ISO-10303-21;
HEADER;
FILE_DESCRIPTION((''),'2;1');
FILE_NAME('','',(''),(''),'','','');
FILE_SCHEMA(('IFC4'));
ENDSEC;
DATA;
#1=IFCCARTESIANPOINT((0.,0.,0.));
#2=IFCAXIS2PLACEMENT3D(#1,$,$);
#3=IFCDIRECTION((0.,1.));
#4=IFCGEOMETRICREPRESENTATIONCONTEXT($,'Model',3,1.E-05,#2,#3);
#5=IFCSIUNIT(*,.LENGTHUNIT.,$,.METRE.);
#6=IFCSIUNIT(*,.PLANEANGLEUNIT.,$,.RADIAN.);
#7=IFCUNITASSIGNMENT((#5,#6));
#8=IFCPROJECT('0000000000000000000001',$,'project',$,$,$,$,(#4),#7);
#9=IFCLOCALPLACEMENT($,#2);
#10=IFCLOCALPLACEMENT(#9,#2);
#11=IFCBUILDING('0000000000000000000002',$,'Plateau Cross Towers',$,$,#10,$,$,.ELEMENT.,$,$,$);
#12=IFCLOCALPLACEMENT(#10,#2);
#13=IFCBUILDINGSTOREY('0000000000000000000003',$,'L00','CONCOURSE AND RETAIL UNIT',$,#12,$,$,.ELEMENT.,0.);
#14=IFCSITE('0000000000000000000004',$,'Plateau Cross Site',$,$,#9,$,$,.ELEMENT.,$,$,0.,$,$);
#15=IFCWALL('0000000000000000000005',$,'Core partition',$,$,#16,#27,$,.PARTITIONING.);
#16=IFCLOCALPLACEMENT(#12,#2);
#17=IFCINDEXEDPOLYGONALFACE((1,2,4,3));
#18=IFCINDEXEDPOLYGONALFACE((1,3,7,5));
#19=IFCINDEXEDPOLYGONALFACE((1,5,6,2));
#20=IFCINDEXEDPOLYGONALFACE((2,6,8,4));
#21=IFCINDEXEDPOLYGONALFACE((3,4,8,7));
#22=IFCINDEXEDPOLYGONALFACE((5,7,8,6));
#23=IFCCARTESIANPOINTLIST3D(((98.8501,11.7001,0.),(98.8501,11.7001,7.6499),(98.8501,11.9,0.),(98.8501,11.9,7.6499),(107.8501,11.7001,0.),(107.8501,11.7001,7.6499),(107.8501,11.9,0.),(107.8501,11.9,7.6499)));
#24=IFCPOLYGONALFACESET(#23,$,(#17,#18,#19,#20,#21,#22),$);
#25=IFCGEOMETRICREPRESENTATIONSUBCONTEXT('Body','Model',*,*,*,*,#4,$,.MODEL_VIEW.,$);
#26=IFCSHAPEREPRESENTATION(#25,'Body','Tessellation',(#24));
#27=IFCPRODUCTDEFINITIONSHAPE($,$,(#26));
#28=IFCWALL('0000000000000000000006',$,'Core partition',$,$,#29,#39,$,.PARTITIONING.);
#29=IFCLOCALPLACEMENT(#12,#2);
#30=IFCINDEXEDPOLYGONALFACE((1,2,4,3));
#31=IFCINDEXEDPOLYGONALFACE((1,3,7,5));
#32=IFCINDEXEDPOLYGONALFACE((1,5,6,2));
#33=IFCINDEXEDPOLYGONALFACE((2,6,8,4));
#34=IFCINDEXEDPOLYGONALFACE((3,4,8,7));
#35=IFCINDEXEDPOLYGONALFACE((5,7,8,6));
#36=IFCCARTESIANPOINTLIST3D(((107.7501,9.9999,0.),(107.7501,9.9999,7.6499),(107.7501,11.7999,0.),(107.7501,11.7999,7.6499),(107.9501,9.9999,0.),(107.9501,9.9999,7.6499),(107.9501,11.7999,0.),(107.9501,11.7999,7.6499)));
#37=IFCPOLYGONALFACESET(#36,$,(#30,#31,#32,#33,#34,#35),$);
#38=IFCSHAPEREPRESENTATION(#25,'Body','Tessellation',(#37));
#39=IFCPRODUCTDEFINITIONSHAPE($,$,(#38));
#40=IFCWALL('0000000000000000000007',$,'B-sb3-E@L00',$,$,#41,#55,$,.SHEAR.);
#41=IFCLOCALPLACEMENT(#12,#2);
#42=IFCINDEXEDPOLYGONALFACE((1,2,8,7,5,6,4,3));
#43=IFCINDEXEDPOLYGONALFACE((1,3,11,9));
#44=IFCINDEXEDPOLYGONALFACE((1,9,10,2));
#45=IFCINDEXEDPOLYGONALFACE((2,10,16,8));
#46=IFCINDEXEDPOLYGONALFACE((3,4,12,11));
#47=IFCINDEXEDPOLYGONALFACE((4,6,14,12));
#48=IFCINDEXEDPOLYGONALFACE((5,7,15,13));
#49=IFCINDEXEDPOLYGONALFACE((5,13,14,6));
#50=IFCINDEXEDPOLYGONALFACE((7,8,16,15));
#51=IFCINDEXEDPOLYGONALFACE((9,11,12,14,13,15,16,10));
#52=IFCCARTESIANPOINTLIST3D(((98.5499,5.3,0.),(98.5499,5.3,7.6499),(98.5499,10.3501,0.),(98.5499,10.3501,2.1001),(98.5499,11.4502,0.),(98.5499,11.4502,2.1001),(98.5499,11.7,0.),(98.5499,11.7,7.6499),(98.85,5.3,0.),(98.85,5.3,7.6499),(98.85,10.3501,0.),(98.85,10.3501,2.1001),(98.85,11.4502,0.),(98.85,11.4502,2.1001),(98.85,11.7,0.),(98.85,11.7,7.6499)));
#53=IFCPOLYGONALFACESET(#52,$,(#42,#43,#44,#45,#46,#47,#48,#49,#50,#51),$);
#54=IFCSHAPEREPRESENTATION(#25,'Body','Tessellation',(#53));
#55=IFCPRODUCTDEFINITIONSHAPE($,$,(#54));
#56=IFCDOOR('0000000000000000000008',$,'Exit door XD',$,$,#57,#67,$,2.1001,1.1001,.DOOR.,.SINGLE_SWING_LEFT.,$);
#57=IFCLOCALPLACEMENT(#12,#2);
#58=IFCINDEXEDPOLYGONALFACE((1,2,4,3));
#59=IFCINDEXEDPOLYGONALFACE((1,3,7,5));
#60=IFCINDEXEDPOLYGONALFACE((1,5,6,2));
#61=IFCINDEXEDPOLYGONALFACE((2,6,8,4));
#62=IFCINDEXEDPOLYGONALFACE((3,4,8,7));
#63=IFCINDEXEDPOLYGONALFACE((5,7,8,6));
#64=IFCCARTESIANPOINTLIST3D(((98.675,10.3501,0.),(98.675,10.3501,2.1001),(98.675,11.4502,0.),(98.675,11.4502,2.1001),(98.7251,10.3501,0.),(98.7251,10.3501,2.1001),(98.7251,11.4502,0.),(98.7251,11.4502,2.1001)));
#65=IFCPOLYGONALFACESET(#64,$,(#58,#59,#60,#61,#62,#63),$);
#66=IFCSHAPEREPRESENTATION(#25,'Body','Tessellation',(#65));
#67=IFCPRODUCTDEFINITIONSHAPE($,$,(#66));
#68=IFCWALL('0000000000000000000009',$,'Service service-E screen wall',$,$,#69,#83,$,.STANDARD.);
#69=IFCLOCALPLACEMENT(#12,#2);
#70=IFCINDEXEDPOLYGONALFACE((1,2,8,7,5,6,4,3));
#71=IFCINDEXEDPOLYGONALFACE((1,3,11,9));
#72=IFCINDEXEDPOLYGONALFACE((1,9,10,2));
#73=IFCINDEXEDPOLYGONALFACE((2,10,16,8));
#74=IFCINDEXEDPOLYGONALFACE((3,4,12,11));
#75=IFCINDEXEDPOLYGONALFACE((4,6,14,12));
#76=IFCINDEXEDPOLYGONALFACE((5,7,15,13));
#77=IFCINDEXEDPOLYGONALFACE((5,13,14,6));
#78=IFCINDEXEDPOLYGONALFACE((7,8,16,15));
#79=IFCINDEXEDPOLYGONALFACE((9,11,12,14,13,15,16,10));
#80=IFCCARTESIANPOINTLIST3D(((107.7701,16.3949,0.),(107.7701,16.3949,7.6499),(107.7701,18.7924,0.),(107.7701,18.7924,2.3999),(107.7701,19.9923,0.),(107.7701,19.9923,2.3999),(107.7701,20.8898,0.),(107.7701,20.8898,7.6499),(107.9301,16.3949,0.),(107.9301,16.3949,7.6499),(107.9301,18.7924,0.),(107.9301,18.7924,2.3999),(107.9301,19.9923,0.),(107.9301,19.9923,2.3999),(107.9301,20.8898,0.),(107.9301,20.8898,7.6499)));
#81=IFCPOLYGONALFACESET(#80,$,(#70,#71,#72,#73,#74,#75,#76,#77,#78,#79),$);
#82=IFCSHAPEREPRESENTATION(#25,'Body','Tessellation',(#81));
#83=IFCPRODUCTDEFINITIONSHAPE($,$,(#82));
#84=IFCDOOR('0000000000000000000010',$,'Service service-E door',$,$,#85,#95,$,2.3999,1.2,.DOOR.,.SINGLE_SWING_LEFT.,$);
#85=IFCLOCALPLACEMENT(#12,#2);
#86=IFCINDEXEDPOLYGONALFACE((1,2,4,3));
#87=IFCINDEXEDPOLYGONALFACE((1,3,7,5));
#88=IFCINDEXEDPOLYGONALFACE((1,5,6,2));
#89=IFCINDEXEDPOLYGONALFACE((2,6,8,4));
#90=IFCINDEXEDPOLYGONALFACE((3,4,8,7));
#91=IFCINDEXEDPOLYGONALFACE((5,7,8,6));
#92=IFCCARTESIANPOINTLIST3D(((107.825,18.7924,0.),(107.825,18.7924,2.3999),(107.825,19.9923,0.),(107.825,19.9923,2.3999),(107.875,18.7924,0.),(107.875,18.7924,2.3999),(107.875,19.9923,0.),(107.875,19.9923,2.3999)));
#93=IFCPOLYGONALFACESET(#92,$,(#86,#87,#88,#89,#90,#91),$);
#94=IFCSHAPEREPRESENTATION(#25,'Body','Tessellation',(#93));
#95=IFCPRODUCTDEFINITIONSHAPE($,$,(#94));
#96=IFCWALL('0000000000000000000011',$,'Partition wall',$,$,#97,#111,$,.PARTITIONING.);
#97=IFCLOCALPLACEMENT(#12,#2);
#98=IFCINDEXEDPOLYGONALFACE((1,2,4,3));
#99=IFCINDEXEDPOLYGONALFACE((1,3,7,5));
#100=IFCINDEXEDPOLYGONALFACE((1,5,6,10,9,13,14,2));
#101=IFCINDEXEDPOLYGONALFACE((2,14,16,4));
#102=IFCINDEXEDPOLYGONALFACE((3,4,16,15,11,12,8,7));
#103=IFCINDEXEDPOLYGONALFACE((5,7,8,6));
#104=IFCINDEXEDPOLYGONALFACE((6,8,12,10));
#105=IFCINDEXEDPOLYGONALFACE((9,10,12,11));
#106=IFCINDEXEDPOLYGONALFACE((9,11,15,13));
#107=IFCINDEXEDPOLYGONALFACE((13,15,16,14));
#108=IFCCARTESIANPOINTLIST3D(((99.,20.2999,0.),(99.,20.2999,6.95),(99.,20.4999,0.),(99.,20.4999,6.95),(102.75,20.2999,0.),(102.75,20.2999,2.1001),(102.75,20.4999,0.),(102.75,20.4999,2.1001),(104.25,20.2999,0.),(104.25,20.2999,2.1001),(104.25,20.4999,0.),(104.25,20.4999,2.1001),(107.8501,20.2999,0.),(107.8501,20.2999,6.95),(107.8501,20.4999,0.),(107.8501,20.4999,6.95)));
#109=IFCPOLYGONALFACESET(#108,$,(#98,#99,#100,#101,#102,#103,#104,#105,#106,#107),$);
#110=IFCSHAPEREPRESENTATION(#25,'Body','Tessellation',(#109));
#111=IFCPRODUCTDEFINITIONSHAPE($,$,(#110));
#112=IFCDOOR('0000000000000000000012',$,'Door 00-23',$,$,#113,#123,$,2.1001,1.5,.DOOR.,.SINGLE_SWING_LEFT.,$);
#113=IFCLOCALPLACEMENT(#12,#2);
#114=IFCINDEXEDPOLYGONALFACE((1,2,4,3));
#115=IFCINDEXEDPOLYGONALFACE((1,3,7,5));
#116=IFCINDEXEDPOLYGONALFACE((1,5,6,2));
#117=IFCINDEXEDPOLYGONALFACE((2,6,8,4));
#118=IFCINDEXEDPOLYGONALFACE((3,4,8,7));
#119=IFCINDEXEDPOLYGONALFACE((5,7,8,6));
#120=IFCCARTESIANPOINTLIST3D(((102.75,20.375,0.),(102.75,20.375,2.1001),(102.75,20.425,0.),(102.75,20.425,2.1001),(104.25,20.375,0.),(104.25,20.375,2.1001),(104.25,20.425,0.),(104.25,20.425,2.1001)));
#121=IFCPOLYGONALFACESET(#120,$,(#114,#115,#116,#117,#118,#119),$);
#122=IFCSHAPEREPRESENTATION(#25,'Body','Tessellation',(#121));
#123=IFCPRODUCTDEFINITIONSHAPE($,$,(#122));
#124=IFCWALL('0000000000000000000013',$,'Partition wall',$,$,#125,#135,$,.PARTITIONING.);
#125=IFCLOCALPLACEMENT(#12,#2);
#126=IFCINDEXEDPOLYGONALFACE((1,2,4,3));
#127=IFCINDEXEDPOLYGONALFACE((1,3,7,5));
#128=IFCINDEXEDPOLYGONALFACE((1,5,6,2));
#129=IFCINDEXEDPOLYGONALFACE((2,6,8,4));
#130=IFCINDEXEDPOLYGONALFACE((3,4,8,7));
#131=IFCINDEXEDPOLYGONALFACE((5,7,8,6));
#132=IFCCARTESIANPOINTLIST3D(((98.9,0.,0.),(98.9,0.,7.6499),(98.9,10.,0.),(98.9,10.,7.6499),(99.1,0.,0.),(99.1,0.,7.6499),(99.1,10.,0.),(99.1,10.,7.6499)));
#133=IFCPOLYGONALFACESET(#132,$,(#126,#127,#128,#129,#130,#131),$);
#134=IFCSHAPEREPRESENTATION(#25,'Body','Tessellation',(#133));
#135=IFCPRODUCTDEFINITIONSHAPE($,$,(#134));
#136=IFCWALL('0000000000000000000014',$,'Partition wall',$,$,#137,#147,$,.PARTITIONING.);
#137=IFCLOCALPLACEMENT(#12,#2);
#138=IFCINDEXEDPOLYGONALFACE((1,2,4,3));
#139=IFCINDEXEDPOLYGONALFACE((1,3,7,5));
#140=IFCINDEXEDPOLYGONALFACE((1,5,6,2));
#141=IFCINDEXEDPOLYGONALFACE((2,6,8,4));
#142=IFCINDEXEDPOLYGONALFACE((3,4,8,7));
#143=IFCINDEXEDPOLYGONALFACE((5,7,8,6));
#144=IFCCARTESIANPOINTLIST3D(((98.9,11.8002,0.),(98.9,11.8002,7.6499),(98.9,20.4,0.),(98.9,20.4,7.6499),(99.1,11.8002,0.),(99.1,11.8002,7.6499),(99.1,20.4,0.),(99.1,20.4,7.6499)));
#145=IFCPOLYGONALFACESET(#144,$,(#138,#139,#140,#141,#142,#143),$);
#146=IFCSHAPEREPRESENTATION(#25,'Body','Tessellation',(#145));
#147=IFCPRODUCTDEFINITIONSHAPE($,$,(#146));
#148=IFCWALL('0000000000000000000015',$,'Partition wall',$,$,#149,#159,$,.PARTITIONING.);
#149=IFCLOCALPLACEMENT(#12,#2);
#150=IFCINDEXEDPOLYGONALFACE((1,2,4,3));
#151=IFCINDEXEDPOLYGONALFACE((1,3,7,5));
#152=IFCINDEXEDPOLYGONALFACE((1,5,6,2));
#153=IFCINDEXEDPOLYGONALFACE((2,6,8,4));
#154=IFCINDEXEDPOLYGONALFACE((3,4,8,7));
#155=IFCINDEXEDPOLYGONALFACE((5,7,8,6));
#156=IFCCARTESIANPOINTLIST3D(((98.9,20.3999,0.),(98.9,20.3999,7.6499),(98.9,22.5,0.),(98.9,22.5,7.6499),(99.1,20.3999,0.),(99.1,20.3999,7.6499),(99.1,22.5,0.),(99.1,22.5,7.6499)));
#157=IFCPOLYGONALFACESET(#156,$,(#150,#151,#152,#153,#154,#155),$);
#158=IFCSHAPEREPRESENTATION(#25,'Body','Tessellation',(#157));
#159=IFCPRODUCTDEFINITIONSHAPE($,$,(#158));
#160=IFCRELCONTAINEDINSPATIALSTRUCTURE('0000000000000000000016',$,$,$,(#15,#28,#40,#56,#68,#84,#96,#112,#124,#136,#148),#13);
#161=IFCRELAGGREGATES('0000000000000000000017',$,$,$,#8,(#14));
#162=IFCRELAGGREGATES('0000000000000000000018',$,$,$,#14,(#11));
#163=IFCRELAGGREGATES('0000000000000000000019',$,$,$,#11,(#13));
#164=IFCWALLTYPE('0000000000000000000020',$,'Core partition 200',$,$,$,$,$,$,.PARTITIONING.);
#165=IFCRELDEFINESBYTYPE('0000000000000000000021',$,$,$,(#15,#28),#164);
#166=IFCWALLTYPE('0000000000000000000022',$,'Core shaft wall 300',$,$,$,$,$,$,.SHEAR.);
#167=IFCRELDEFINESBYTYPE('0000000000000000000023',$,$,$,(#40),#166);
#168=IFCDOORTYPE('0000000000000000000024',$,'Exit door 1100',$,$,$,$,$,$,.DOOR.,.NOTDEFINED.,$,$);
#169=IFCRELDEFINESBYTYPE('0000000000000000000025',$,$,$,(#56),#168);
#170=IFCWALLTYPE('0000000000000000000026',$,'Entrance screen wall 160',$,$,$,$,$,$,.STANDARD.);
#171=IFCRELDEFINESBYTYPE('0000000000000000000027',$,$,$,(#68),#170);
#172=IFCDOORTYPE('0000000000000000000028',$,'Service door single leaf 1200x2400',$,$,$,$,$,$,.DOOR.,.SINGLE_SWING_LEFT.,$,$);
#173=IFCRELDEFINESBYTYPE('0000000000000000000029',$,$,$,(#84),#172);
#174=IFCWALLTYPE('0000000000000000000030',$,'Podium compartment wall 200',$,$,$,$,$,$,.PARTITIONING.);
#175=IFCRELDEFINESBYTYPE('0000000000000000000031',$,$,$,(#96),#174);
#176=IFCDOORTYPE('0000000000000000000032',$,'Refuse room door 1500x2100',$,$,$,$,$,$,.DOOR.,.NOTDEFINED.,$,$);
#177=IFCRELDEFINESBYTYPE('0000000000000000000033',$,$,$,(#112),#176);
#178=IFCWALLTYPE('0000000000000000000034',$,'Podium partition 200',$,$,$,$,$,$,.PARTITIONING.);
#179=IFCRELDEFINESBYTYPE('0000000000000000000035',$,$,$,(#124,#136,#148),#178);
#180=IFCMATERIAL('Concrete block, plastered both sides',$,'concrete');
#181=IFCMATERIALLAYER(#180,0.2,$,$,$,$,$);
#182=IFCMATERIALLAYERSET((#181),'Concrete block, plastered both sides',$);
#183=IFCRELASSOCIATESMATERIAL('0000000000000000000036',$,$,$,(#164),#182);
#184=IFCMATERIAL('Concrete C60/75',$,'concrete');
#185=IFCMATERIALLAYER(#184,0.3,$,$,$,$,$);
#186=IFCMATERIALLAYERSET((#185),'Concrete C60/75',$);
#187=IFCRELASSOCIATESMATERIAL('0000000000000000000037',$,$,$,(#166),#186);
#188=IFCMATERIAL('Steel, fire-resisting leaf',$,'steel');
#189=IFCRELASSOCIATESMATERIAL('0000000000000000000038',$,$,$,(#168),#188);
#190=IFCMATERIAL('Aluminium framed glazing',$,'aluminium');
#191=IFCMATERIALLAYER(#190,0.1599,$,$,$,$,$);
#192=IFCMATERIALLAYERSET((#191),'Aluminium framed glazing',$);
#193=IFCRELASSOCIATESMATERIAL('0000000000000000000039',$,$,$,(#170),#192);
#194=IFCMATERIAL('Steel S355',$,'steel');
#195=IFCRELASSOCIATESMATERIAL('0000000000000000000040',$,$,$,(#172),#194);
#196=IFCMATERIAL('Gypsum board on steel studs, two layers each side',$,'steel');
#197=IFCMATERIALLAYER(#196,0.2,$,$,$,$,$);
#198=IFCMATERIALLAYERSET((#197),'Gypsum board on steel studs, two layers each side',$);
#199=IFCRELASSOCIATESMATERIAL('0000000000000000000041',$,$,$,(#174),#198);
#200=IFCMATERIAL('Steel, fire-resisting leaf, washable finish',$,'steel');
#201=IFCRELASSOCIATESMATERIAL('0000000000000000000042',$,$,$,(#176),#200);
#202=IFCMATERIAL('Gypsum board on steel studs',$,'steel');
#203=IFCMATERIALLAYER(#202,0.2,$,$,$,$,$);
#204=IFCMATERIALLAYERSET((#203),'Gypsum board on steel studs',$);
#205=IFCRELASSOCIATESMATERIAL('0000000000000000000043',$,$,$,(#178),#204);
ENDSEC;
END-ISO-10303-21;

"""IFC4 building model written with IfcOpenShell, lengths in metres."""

from ifc_helpers import new_model, si_unit, direction, frame, frame_2d, origin, place, context, subcontext, project, spatial, rectangle, extrude, material, layer, layer_set, type_object, element, fill, save


model = new_model("IFC4")

# Units and contexts
model_context = context("Model", 3, precision=1e-05, world=origin(), true_north=direction((0.0, 1.0)))
body_context = subcontext(model_context, "Body", "Model", "MODEL_VIEW")
ifc_project = project(units=[si_unit("LENGTHUNIT", "METRE"), si_unit("PLANEANGLEUNIT", "RADIAN")], contexts=[model_context])

# Site, building, storey
site_placement = place(None, origin())
site = spatial("IfcSite", under=ifc_project, at=site_placement, Name="Plateau Cross Site", CompositionType="ELEMENT", RefElevation=0.0)
building_placement = place(site_placement, origin())
building = spatial("IfcBuilding", under=site, at=building_placement, Name="Plateau Cross Towers", CompositionType="ELEMENT")
storey_placement = place(building_placement, origin())
storey = spatial("IfcBuildingStorey", under=building, at=storey_placement, Name="L00", Description="CONCOURSE AND RETAIL UNIT", CompositionType="ELEMENT", Elevation=0.0)

# Shared definitions
ifc_material_1 = material(Name="Concrete C60/75", Category="concrete")

# Walls
ifc_material_2 = material(Name="Concrete block, plastered both sides", Category="concrete")
ifc_layer_1 = layer(ifc_material_2, 0.2)
ifc_layer_set_1 = layer_set([ifc_layer_1], Name="Concrete block, plastered both sides")
wall_type_1 = type_object("IfcWallType", Name="Core partition 200", PredefinedType="PARTITIONING", material=ifc_layer_set_1)
for number, where, z_axis, x_axis, name in (
    (1, (98.8501, 11.8, 0.0), (0.0, 0.0, 1.0), (1.0, 0.0, 0.0), "Core partition"),
):
    element("IfcWall", number, at=place(storey_placement, frame(where, z_axis=z_axis, x_axis=x_axis)), inside=storey, type_object=wall_type_1, Name=name, PredefinedType="PARTITIONING", context=body_context, shape_type="SweptSolid", body=[
        extrude(rectangle(XDim=9.0, YDim=0.2, at=frame_2d((4.5, 0.0))), origin(), (0.0, 0.0, 1.0), 7.6499),
    ])
wall_1_placement = place(storey_placement, frame((107.8501, 10.0, 0.0), z_axis=(0.0, 0.0, 1.0), x_axis=(0.0, 1.0, 0.0)))
element("IfcWall", 2, at=wall_1_placement, inside=storey, type_object=wall_type_1, Name="Core partition", PredefinedType="PARTITIONING", context=body_context, shape_type="SweptSolid", body=[
    extrude(rectangle(XDim=1.8, YDim=0.2, at=frame_2d((0.8999, 0.0))), origin(), (0.0, 0.0, 1.0), 7.6499),
])

# Walls, openings, doors
ifc_layer_2 = layer(ifc_material_1, 0.3)
ifc_layer_set_2 = layer_set([ifc_layer_2], Name="Concrete C60/75")
wall_type_2 = type_object("IfcWallType", Name="Core shaft wall 300", PredefinedType="SHEAR", material=ifc_layer_set_2)
wall_2_placement = place(storey_placement, frame((98.7, 5.3, 0.0), z_axis=(0.0, 0.0, 1.0), x_axis=(0.0, 1.0, 0.0)))
wall_2 = element("IfcWall", 3, at=wall_2_placement, inside=storey, type_object=wall_type_2, Name="B-sb3-E@L00", PredefinedType="SHEAR", context=body_context, shape_type="SweptSolid", body=[
    extrude(rectangle(XDim=6.3999, YDim=0.3, at=frame_2d((3.2, 0.0))), origin(), (0.0, 0.0, 1.0), 7.6499),
])
opening_1_placement = place(wall_2_placement, frame((5.05, 0.0, 0.0)))
opening_1 = element("IfcOpeningElement", 4, at=opening_1_placement, cuts=wall_2, PredefinedType="OPENING", context=body_context, shape_type="SweptSolid", body=[
    extrude(rectangle(XDim=1.1001, YDim=2.1001, at=frame_2d((0.55, 1.05))), frame((0.0, 0.1599, 0.0), z_axis=(0.0, -1.0, 0.0), x_axis=(1.0, 0.0, 0.0)), (0.0, 0.0, 1.0), 0.3201),
])
ifc_material_3 = material(Name="Steel, fire-resisting leaf", Category="steel")
door_type_1 = type_object("IfcDoorType", Name="Exit door 1100", OperationType="NOTDEFINED", PredefinedType="DOOR", material=ifc_material_3)
door_1_placement = place(opening_1_placement, origin())
door_1 = element("IfcDoor", 5, at=door_1_placement, inside=storey, type_object=door_type_1, Name="Exit door XD", OperationType="SINGLE_SWING_LEFT", OverallHeight=2.1001, OverallWidth=1.1001, PredefinedType="DOOR", context=body_context, shape_type="SweptSolid", body=[
    extrude(rectangle(XDim=1.1001, YDim=2.1001, at=frame_2d((0.55, 1.05))), frame((0.0, 0.0249, 0.0), z_axis=(0.0, -1.0, 0.0), x_axis=(1.0, 0.0, 0.0)), (0.0, 0.0, 1.0), 0.05),
])
fill(opening_1, door_1)
ifc_material_4 = material(Name="Aluminium framed glazing", Category="aluminium")
ifc_layer_3 = layer(ifc_material_4, 0.1599)
ifc_layer_set_3 = layer_set([ifc_layer_3], Name="Aluminium framed glazing")
wall_type_3 = type_object("IfcWallType", Name="Entrance screen wall 160", PredefinedType="STANDARD", material=ifc_layer_set_3)
wall_3_placement = place(storey_placement, frame((107.8501, 20.8899, 0.0), z_axis=(0.0, 0.0, 1.0), x_axis=(0.0, -1.0, 0.0)))
wall_3 = element("IfcWall", 6, at=wall_3_placement, inside=storey, type_object=wall_type_3, Name="Service service-E screen wall", PredefinedType="STANDARD", context=body_context, shape_type="SweptSolid", body=[
    extrude(rectangle(XDim=4.4949, YDim=0.1599, at=frame_2d((2.2476, 0.0))), origin(), (0.0, 0.0, 1.0), 7.6499),
])
opening_2_placement = place(wall_3_placement, frame((0.8975, 0.0, 0.0)))
opening_2 = element("IfcOpeningElement", 7, at=opening_2_placement, cuts=wall_3, PredefinedType="OPENING", context=body_context, shape_type="SweptSolid", body=[
    extrude(rectangle(XDim=1.2, YDim=2.3999, at=frame_2d((0.6001, 1.2))), frame((0.0, 0.0898, 0.0), z_axis=(0.0, -1.0, 0.0), x_axis=(1.0, 0.0, 0.0)), (0.0, 0.0, 1.0), 0.1799),
])
ifc_material_5 = material(Name="Steel S355", Category="steel")
door_type_2 = type_object("IfcDoorType", Name="Service door single leaf 1200x2400", OperationType="SINGLE_SWING_LEFT", PredefinedType="DOOR", material=ifc_material_5)
door_2_placement = place(opening_2_placement, origin())
door_2 = element("IfcDoor", 8, at=door_2_placement, inside=storey, type_object=door_type_2, Name="Service service-E door", OperationType="SINGLE_SWING_LEFT", OverallHeight=2.3999, OverallWidth=1.2, PredefinedType="DOOR", context=body_context, shape_type="SweptSolid", body=[
    extrude(rectangle(XDim=1.2, YDim=2.3999, at=frame_2d((0.6001, 1.2))), frame((0.0, 0.0249, 0.0), z_axis=(0.0, -1.0, 0.0), x_axis=(1.0, 0.0, 0.0)), (0.0, 0.0, 1.0), 0.05),
])
fill(opening_2, door_2)
ifc_material_6 = material(Name="Gypsum board on steel studs, two layers each side", Category="steel")
ifc_layer_4 = layer(ifc_material_6, 0.2)
ifc_layer_set_4 = layer_set([ifc_layer_4], Name="Gypsum board on steel studs, two layers each side")
wall_type_4 = type_object("IfcWallType", Name="Podium compartment wall 200", PredefinedType="PARTITIONING", material=ifc_layer_set_4)
wall_4_placement = place(storey_placement, frame((107.8501, 20.3999, 0.0), z_axis=(0.0, 0.0, 1.0), x_axis=(-1.0, 0.0, 0.0)))
wall_4 = element("IfcWall", 9, at=wall_4_placement, inside=storey, type_object=wall_type_4, Name="Partition wall", PredefinedType="PARTITIONING", context=body_context, shape_type="SweptSolid", body=[
    extrude(rectangle(XDim=8.8501, YDim=0.2, at=frame_2d((4.425, 0.0))), origin(), (0.0, 0.0, 1.0), 6.95),
])
opening_3_placement = place(wall_4_placement, frame((3.6001, 0.0, 0.0)))
opening_3 = element("IfcOpeningElement", 10, at=opening_3_placement, cuts=wall_4, PredefinedType="OPENING", context=body_context, shape_type="SweptSolid", body=[
    extrude(rectangle(XDim=1.5, YDim=2.1001, at=frame_2d((0.75, 1.05))), frame((0.0, 0.1099, 0.0), z_axis=(0.0, -1.0, 0.0), x_axis=(1.0, 0.0, 0.0)), (0.0, 0.0, 1.0), 0.22),
])
ifc_material_7 = material(Name="Steel, fire-resisting leaf, washable finish", Category="steel")
door_type_3 = type_object("IfcDoorType", Name="Refuse room door 1500x2100", OperationType="NOTDEFINED", PredefinedType="DOOR", material=ifc_material_7)
door_3_placement = place(opening_3_placement, origin())
door_3 = element("IfcDoor", 11, at=door_3_placement, inside=storey, type_object=door_type_3, Name="Door 00-23", OperationType="SINGLE_SWING_LEFT", OverallHeight=2.1001, OverallWidth=1.5, PredefinedType="DOOR", context=body_context, shape_type="SweptSolid", body=[
    extrude(rectangle(XDim=1.5, YDim=2.1001, at=frame_2d((0.75, 1.05))), frame((0.0, 0.0249, 0.0), z_axis=(0.0, -1.0, 0.0), x_axis=(1.0, 0.0, 0.0)), (0.0, 0.0, 1.0), 0.05),
])
fill(opening_3, door_3)

# Walls
ifc_material_8 = material(Name="Gypsum board on steel studs", Category="steel")
ifc_layer_5 = layer(ifc_material_8, 0.2)
ifc_layer_set_5 = layer_set([ifc_layer_5], Name="Gypsum board on steel studs")
wall_type_5 = type_object("IfcWallType", Name="Podium partition 200", PredefinedType="PARTITIONING", material=ifc_layer_set_5)
wall_5_placement = place(storey_placement, frame((99.0, 10.0, 0.0), z_axis=(0.0, 0.0, 1.0), x_axis=(0.0, -1.0, 0.0)))
element("IfcWall", 12, at=wall_5_placement, inside=storey, type_object=wall_type_5, Name="Partition wall", PredefinedType="PARTITIONING", context=body_context, shape_type="SweptSolid", body=[
    extrude(rectangle(XDim=10.0, YDim=0.2, at=frame_2d((5.0, 0.0))), origin(), (0.0, 0.0, 1.0), 7.6499),
])
wall_6_placement = place(storey_placement, frame((99.0, 20.3999, 0.0), z_axis=(0.0, 0.0, 1.0), x_axis=(0.0, -1.0, 0.0)))
element("IfcWall", 13, at=wall_6_placement, inside=storey, type_object=wall_type_5, Name="Partition wall", PredefinedType="PARTITIONING", context=body_context, shape_type="SweptSolid", body=[
    extrude(rectangle(XDim=8.5999, YDim=0.2, at=frame_2d((4.2998, 0.0))), origin(), (0.0, 0.0, 1.0), 7.6499),
])
wall_7_placement = place(storey_placement, frame((99.0, 20.3999, 0.0), z_axis=(0.0, 0.0, 1.0), x_axis=(0.0, 1.0, 0.0)))
element("IfcWall", 14, at=wall_7_placement, inside=storey, type_object=wall_type_5, Name="Partition wall", PredefinedType="PARTITIONING", context=body_context, shape_type="SweptSolid", body=[
    extrude(rectangle(XDim=2.1001, YDim=0.2, at=frame_2d((1.05, 0.0))), origin(), (0.0, 0.0, 1.0), 7.6499),
])

save(model, "model.ifc")
